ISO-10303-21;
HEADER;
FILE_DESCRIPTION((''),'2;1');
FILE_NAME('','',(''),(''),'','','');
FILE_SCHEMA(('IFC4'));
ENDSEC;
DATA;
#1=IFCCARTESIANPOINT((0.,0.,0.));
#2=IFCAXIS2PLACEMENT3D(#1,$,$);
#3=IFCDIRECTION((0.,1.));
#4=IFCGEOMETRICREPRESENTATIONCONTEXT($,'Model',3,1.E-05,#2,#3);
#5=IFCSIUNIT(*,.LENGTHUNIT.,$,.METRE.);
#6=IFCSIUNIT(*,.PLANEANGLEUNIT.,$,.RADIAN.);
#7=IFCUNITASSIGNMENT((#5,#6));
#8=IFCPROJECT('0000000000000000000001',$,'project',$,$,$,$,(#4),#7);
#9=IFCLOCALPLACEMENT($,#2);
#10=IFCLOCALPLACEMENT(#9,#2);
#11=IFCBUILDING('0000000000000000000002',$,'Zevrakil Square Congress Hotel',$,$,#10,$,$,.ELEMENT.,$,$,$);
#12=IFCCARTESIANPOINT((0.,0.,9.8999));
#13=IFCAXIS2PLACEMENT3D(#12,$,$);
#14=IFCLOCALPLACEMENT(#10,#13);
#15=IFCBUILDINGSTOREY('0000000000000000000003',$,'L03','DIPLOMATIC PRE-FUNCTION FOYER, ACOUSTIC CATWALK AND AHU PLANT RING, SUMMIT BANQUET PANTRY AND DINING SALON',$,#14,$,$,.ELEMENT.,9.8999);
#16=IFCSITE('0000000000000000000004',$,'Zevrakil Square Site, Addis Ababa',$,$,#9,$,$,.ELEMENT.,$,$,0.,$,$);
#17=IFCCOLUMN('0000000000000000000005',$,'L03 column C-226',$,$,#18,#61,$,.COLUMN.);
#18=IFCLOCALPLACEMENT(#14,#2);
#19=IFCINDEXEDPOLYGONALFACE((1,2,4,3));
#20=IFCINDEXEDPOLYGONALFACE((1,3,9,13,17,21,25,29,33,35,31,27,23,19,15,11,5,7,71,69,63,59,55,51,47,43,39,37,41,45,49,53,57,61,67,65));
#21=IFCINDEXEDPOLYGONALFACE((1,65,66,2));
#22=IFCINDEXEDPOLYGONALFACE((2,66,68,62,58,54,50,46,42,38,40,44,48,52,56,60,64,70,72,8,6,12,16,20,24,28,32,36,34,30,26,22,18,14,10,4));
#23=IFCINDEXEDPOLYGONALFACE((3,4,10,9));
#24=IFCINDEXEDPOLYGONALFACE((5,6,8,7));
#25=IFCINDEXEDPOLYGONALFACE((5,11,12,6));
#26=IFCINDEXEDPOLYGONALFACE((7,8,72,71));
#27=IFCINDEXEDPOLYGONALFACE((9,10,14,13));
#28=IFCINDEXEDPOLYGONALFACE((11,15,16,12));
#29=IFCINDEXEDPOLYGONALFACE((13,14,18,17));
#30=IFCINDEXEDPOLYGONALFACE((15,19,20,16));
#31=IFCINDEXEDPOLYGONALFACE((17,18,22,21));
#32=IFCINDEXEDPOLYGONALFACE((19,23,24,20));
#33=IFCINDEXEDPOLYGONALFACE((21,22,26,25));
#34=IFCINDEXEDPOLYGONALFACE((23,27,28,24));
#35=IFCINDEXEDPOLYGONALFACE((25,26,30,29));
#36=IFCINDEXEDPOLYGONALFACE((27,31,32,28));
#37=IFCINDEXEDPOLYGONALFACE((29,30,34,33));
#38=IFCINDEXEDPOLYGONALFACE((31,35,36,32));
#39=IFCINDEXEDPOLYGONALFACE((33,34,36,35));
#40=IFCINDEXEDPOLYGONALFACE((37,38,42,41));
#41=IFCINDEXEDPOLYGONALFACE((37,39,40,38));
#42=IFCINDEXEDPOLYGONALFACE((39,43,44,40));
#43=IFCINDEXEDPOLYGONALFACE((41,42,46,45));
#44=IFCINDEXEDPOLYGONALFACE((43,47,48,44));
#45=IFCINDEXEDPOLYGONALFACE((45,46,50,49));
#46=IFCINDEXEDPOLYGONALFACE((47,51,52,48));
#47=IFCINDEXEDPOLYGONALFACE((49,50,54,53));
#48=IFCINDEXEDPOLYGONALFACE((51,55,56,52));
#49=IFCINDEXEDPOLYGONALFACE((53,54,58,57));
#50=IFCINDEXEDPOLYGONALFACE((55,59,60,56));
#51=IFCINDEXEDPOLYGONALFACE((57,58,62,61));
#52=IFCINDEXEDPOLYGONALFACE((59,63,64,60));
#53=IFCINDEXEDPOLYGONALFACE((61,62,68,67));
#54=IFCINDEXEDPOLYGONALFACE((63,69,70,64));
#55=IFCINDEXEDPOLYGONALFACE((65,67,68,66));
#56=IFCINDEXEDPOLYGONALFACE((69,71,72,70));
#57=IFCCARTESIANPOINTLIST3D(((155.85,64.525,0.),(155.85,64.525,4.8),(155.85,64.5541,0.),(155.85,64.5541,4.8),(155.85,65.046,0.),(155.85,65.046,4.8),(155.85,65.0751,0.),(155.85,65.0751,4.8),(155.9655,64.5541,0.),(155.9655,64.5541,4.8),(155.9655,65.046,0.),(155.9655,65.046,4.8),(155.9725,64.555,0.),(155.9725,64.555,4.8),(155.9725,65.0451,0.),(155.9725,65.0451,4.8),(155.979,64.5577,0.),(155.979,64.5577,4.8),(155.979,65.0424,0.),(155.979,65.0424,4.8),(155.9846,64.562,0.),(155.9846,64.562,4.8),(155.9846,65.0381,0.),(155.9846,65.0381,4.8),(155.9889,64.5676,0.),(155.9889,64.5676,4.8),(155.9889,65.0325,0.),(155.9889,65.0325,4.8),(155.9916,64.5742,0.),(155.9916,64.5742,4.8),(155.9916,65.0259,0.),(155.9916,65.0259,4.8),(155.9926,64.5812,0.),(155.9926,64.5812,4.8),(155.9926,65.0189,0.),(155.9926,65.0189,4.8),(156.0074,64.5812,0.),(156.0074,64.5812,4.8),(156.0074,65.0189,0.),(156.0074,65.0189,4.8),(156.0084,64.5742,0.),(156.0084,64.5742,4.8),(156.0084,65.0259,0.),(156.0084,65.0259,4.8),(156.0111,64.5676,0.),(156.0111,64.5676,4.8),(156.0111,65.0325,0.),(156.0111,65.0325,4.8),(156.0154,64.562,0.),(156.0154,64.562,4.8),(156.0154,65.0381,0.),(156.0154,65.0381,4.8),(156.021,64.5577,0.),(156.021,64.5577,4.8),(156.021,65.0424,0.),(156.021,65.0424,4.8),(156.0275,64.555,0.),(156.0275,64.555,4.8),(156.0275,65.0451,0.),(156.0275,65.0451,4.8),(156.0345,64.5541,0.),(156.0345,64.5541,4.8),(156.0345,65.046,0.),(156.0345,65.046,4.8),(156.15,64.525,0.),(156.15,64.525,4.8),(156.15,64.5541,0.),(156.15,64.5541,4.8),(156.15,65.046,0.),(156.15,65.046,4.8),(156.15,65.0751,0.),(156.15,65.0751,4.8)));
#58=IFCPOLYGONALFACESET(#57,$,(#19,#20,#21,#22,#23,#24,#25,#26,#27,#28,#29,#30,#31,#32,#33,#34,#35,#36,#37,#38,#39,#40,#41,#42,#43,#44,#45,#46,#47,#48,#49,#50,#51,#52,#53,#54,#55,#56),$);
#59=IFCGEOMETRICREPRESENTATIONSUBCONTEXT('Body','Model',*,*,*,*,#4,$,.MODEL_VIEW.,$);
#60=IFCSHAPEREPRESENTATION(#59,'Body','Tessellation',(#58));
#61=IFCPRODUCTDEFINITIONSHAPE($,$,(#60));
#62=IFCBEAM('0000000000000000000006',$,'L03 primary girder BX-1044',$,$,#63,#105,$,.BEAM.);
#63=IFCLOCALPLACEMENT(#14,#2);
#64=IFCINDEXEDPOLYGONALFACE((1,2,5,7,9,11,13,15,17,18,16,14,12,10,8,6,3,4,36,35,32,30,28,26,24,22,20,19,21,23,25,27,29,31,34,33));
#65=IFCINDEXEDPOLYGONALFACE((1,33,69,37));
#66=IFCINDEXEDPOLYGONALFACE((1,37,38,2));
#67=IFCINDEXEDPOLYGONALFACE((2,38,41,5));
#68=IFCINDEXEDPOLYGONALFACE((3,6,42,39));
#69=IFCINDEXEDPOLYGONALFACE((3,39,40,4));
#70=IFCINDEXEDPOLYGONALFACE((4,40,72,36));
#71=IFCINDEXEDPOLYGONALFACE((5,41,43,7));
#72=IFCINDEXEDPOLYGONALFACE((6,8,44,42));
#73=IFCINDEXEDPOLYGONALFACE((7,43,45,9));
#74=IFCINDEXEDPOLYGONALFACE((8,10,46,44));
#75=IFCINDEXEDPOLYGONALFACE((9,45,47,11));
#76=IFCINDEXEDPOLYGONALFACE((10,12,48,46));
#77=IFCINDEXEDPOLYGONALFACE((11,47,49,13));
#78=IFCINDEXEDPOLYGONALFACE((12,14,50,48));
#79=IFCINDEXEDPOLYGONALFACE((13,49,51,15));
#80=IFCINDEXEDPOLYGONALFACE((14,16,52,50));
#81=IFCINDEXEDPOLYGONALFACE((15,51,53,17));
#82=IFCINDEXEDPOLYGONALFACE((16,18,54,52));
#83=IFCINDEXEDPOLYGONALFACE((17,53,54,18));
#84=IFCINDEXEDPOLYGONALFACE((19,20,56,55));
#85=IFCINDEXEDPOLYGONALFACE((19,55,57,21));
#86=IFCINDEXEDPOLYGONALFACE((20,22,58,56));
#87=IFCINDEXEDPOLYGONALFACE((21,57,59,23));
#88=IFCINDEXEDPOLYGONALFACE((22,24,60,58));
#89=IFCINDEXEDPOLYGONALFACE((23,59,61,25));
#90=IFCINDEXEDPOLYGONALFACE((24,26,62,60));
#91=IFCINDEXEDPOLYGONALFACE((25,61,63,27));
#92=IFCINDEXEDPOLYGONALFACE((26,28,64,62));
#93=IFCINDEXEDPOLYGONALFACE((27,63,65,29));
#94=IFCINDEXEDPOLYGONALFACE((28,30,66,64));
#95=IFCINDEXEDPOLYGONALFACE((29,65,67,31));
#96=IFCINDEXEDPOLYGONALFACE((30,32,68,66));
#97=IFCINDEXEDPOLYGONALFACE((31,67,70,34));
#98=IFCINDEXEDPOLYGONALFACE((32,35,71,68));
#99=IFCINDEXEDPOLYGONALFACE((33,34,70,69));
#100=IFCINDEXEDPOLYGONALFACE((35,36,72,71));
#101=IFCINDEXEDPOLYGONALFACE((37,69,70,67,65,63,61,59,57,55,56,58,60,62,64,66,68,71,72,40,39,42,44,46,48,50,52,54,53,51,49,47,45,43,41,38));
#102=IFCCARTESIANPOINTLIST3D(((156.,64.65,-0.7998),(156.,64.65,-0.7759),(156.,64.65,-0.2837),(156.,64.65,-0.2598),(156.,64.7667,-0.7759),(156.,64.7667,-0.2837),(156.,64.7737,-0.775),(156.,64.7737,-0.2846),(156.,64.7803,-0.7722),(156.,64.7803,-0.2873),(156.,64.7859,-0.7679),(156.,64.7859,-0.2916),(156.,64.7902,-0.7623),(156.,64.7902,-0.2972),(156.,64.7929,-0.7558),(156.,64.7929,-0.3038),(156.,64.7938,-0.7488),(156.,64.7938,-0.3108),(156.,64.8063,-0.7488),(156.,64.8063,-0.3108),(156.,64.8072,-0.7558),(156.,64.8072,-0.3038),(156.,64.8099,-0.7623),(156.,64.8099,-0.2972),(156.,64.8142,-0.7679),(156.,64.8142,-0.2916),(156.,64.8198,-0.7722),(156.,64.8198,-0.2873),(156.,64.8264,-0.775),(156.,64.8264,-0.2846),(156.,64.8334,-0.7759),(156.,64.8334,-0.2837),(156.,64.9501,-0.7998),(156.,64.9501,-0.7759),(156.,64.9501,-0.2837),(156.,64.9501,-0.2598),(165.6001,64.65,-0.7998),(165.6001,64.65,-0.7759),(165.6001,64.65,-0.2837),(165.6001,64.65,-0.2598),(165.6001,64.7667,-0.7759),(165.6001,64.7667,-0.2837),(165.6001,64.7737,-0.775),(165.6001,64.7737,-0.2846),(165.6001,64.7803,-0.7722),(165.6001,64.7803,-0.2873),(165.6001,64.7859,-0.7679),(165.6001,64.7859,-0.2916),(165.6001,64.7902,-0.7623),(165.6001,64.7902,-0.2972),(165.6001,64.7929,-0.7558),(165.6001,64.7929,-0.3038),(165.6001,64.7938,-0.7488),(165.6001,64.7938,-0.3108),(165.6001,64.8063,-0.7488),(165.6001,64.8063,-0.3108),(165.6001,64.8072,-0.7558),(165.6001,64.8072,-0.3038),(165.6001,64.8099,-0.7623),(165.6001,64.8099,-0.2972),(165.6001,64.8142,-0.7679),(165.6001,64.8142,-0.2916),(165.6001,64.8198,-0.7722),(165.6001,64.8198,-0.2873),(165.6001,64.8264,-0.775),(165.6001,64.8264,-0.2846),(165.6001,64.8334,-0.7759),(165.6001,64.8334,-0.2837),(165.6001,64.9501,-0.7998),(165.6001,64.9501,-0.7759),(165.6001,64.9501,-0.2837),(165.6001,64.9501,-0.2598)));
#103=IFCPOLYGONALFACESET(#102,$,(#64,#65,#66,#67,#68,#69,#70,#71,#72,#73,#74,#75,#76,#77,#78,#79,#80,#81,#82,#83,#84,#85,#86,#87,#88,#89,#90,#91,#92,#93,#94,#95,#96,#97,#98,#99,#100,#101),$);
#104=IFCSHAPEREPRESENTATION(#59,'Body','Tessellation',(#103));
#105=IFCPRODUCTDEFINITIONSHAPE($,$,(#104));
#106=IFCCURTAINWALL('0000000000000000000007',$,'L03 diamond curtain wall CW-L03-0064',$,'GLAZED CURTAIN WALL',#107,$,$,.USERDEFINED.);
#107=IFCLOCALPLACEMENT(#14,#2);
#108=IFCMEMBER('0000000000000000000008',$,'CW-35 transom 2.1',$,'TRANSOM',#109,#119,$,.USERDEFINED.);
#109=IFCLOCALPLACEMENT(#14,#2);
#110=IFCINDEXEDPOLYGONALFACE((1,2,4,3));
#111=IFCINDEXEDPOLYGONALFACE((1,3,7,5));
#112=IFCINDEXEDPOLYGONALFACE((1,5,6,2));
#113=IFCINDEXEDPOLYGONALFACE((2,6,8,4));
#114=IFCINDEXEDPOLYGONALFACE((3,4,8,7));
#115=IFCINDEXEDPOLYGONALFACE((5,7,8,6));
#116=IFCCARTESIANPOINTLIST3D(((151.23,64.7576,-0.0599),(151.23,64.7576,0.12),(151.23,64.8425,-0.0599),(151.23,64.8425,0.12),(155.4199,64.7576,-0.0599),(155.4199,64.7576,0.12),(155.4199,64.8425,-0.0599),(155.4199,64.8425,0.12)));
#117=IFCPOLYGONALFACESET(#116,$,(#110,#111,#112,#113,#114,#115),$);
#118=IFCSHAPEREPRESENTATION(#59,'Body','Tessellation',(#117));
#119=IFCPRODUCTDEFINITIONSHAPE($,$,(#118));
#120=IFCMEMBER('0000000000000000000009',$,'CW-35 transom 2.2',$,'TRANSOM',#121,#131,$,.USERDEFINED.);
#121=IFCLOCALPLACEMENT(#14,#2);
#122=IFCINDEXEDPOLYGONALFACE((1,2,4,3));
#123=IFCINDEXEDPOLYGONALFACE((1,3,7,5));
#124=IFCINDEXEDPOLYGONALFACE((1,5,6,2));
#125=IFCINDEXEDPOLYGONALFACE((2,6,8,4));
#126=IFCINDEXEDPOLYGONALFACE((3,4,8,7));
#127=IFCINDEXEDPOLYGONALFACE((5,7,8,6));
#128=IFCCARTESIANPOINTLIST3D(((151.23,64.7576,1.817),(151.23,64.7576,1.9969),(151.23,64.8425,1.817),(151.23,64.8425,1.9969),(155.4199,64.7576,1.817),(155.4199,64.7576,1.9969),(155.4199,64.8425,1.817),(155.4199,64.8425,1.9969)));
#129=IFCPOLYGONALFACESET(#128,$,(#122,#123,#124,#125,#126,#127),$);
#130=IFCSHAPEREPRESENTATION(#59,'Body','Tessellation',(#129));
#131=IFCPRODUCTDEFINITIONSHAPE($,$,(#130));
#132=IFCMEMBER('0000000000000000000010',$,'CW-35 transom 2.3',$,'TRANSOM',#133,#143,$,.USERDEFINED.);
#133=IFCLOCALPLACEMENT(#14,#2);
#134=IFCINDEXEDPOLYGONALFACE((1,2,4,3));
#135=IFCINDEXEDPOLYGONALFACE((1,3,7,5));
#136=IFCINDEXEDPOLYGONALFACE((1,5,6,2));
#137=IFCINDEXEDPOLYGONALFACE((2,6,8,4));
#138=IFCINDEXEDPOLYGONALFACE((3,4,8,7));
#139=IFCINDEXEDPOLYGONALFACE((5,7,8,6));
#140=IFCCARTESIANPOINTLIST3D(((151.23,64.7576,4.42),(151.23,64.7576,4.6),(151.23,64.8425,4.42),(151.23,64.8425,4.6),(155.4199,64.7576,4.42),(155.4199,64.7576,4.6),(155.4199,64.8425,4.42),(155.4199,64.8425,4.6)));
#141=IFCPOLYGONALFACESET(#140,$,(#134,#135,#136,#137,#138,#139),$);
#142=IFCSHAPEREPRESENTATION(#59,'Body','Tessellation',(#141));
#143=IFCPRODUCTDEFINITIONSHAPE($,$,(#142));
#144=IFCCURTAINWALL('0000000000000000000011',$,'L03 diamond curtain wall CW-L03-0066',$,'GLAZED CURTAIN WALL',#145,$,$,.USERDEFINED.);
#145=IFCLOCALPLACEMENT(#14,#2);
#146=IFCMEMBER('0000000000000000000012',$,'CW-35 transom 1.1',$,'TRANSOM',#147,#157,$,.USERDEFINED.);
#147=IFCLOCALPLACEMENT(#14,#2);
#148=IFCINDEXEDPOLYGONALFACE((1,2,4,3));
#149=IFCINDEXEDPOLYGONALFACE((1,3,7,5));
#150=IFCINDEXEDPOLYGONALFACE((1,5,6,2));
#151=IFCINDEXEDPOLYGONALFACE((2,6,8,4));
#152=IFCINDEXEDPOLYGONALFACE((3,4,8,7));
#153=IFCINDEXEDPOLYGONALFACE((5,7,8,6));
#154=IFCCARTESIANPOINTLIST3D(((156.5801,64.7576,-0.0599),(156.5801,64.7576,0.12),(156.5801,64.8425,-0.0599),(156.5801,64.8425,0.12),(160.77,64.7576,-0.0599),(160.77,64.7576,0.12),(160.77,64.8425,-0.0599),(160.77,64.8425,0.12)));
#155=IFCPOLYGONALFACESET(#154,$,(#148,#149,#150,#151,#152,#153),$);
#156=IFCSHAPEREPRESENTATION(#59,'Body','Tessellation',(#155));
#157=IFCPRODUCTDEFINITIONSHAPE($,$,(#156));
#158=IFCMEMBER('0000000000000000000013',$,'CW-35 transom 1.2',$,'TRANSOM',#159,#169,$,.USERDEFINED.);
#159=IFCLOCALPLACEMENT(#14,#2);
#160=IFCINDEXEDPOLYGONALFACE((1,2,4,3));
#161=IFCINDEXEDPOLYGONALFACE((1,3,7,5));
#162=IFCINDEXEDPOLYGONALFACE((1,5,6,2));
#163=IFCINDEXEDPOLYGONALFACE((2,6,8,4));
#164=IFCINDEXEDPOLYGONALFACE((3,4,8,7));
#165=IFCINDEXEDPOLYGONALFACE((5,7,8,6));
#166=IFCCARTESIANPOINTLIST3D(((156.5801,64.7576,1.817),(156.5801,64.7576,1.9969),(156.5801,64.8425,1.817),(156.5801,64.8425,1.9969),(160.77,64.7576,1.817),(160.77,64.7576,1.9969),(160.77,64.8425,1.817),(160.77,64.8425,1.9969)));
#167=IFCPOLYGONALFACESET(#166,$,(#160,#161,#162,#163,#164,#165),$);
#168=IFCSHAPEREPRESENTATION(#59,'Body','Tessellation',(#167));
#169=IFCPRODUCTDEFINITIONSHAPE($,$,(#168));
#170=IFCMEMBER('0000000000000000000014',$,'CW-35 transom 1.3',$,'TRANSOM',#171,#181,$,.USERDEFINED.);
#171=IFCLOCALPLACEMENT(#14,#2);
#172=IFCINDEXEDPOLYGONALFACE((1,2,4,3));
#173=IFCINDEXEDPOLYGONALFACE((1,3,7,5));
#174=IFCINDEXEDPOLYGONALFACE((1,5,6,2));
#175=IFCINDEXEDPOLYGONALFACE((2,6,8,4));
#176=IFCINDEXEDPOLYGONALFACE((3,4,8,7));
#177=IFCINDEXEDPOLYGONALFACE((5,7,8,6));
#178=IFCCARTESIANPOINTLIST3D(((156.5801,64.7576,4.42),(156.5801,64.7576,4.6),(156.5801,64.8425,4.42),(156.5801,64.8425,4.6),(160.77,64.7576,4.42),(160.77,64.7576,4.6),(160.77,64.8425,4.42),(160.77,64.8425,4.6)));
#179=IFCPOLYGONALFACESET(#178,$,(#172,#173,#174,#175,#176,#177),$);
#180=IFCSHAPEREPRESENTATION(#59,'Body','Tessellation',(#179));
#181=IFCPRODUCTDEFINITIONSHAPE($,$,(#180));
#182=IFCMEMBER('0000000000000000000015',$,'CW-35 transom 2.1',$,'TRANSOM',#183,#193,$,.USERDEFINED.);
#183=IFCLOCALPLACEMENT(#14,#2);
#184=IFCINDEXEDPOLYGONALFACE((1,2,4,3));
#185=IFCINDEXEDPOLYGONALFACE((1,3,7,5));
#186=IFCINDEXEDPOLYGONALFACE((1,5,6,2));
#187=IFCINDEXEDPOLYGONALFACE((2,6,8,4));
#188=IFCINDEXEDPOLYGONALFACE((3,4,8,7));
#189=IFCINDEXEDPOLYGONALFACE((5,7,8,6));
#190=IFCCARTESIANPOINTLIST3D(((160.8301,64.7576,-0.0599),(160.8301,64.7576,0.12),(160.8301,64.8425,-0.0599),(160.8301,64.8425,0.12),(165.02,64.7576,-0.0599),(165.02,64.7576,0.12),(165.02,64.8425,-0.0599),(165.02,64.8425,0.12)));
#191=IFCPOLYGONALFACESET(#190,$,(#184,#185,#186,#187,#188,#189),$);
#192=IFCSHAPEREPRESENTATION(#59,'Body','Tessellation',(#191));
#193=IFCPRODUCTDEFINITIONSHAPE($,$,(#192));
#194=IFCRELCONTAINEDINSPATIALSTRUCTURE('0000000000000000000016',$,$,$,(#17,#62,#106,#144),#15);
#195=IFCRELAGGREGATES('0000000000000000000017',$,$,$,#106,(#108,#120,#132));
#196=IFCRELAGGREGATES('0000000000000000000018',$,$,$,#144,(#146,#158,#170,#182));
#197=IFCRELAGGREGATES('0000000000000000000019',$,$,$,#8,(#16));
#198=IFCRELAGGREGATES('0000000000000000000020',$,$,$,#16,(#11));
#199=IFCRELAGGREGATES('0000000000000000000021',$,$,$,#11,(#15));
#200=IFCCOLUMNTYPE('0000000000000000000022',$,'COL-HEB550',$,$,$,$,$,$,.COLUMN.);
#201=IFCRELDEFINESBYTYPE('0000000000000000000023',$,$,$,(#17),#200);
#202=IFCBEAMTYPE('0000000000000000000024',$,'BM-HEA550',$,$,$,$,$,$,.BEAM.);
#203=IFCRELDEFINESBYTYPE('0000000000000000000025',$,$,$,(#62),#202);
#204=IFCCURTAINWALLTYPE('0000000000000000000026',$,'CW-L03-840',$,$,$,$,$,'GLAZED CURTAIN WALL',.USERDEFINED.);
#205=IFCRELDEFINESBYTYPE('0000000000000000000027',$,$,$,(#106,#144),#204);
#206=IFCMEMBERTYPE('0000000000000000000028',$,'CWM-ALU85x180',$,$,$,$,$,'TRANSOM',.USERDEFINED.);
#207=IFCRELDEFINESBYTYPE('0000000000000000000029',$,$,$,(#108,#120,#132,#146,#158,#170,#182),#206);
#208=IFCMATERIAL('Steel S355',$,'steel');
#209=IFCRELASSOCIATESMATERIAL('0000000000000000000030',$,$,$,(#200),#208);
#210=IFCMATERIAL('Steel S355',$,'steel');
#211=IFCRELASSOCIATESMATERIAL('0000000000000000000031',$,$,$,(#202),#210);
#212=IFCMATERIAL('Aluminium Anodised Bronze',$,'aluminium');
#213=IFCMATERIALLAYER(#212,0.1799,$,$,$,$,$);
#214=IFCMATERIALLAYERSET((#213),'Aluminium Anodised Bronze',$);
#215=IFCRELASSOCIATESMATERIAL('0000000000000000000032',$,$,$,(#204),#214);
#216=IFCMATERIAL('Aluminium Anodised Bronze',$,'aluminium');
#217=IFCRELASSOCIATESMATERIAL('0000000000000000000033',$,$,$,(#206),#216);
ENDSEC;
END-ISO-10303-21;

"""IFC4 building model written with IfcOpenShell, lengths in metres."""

from ifc_helpers import new_model, si_unit, direction, frame, origin, origin_2d, place, context, subcontext, project, spatial, rectangle, i_section, extrude, material, layer, layer_set, material_profile, profile_set, type_object, element, aggregate, save


model = new_model("IFC4")

# Units and contexts
model_context = context("Model", 3, precision=1e-05, world=origin(), true_north=direction((0.0, 1.0)))
body_context = subcontext(model_context, "Body", "Model", "MODEL_VIEW")
ifc_project = project(units=[si_unit("LENGTHUNIT", "METRE"), si_unit("PLANEANGLEUNIT", "RADIAN")], contexts=[model_context])

# Site, building, storey
site_placement = place(None, origin())
site = spatial("IfcSite", under=ifc_project, at=site_placement, Name="Zevrakil Square Site, Addis Ababa", CompositionType="ELEMENT", RefElevation=0.0)
building_placement = place(site_placement, origin())
building = spatial("IfcBuilding", under=site, at=building_placement, Name="Zevrakil Square Congress Hotel", CompositionType="ELEMENT")
storey_placement = place(building_placement, frame((0.0, 0.0, 9.8999)))
storey = spatial("IfcBuildingStorey", under=building, at=storey_placement, Name="L03", Description="DIPLOMATIC PRE-FUNCTION FOYER, ACOUSTIC CATWALK AND AHU PLANT RING, SUMMIT BANQUET PANTRY AND DINING SALON", CompositionType="ELEMENT", Elevation=9.8999)

# Column
ifc_material_1 = material(Name="Steel S355", Category="steel")
ifc_material_profile_1 = material_profile(ifc_material_1, i_section(OverallWidth=0.3, OverallDepth=0.55, WebThickness=0.0149, FlangeThickness=0.0291, FilletRadius=0.0271, at=origin_2d()), Name="HEB 550")
ifc_profile_set_1 = profile_set([ifc_material_profile_1], Name="Steel S355")
column_type = type_object("IfcColumnType", Name="COL-HEB550", PredefinedType="COLUMN", material=ifc_profile_set_1)
column_placement = place(storey_placement, frame((156.0, 64.8, 0.0), z_axis=(0.0, 0.0, 1.0), x_axis=(1.0, 0.0, 0.0)))
element("IfcColumn", 1, at=column_placement, inside=storey, type_object=column_type, Name="L03 column C-226", PredefinedType="COLUMN", context=body_context, shape_type="SweptSolid", body=[
    extrude(i_section(OverallWidth=0.3, OverallDepth=0.55, WebThickness=0.0149, FlangeThickness=0.0291, FilletRadius=0.0271, at=origin_2d()), origin(), (0.0, 0.0, 1.0), 4.8),
])

# Beam
ifc_material_2 = material(Name="Steel S355", Category="steel")
ifc_material_profile_2 = material_profile(ifc_material_2, i_section(OverallWidth=0.3, OverallDepth=0.54, WebThickness=0.0125, FlangeThickness=0.0239, FilletRadius=0.0271, at=origin_2d()), Name="HEA 550")
ifc_profile_set_2 = profile_set([ifc_material_profile_2], Name="Steel S355")
beam_type = type_object("IfcBeamType", Name="BM-HEA550", PredefinedType="BEAM", material=ifc_profile_set_2)
beam_placement = place(storey_placement, frame((156.0, 64.8, -0.5298), z_axis=(1.0, 0.0, 0.0), x_axis=(0.0, 1.0, 0.0)))
element("IfcBeam", 2, at=beam_placement, inside=storey, type_object=beam_type, Name="L03 primary girder BX-1044", PredefinedType="BEAM", context=body_context, shape_type="SweptSolid", body=[
    extrude(i_section(OverallWidth=0.3, OverallDepth=0.54, WebThickness=0.0125, FlangeThickness=0.0239, FilletRadius=0.0271, at=origin_2d()), origin(), (0.0, 0.0, 1.0), 9.6001),
])

# Curtain walls, members
ifc_material_3 = material(Name="Aluminium Anodised Bronze", Category="aluminium")
ifc_layer_1 = layer(ifc_material_3, 0.1799)
ifc_layer_set_1 = layer_set([ifc_layer_1], Name="Aluminium Anodised Bronze")
curtain_wall_type = type_object("IfcCurtainWallType", Name="CW-L03-840", ElementType="GLAZED CURTAIN WALL", PredefinedType="USERDEFINED", material=ifc_layer_set_1)
curtain_wall_1_placement = place(storey_placement, origin())
curtain_wall_1 = element("IfcCurtainWall", 3, at=curtain_wall_1_placement, inside=storey, type_object=curtain_wall_type, Name="L03 diamond curtain wall CW-L03-0064", ObjectType="GLAZED CURTAIN WALL", PredefinedType="USERDEFINED")
ifc_material_4 = material(Name="Aluminium Anodised Bronze", Category="aluminium")
ifc_material_profile_3 = material_profile(ifc_material_4, rectangle(XDim=0.085, YDim=0.1799, at=origin_2d()), Name="ALU 85x180")
ifc_profile_set_3 = profile_set([ifc_material_profile_3], Name="Aluminium Anodised Bronze")
member_type_1 = type_object("IfcMemberType", Name="CWM-ALU85x180", ElementType="TRANSOM", PredefinedType="USERDEFINED", material=ifc_profile_set_3)
member_1_placement = place(storey_placement, frame((151.23, 64.8, 0.03), z_axis=(1.0, 0.0, 0.0), x_axis=(0.0, 1.0, 0.0)))
member_1 = element("IfcMember", 4, at=member_1_placement, type_object=member_type_1, Name="CW-35 transom 2.1", ObjectType="TRANSOM", PredefinedType="USERDEFINED", context=body_context, shape_type="SweptSolid", body=[
    extrude(rectangle(XDim=0.085, YDim=0.1799, at=origin_2d()), origin(), (0.0, 0.0, 1.0), 4.1899),
])
member_2_placement = place(storey_placement, frame((151.23, 64.8, 1.907), z_axis=(1.0, 0.0, 0.0), x_axis=(0.0, 1.0, 0.0)))
member_2 = element("IfcMember", 5, at=member_2_placement, type_object=member_type_1, Name="CW-35 transom 2.2", ObjectType="TRANSOM", PredefinedType="USERDEFINED", context=body_context, shape_type="SweptSolid", body=[
    extrude(rectangle(XDim=0.085, YDim=0.1799, at=origin_2d()), origin(), (0.0, 0.0, 1.0), 4.1899),
])
member_3_placement = place(storey_placement, frame((151.23, 64.8, 4.51), z_axis=(1.0, 0.0, 0.0), x_axis=(0.0, 1.0, 0.0)))
member_3 = element("IfcMember", 6, at=member_3_placement, type_object=member_type_1, Name="CW-35 transom 2.3", ObjectType="TRANSOM", PredefinedType="USERDEFINED", context=body_context, shape_type="SweptSolid", body=[
    extrude(rectangle(XDim=0.085, YDim=0.1799, at=origin_2d()), origin(), (0.0, 0.0, 1.0), 4.1899),
])
curtain_wall_2_placement = place(storey_placement, origin())
curtain_wall_2 = element("IfcCurtainWall", 7, at=curtain_wall_2_placement, inside=storey, type_object=curtain_wall_type, Name="L03 diamond curtain wall CW-L03-0066", ObjectType="GLAZED CURTAIN WALL", PredefinedType="USERDEFINED")
member_4_placement = place(storey_placement, frame((156.5801, 64.8, 0.03), z_axis=(1.0, 0.0, 0.0), x_axis=(0.0, 1.0, 0.0)))
member_4 = element("IfcMember", 8, at=member_4_placement, type_object=member_type_1, Name="CW-35 transom 1.1", ObjectType="TRANSOM", PredefinedType="USERDEFINED", context=body_context, shape_type="SweptSolid", body=[
    extrude(rectangle(XDim=0.085, YDim=0.1799, at=origin_2d()), origin(), (0.0, 0.0, 1.0), 4.1899),
])
member_5_placement = place(storey_placement, frame((156.5801, 64.8, 1.907), z_axis=(1.0, 0.0, 0.0), x_axis=(0.0, 1.0, 0.0)))
member_5 = element("IfcMember", 9, at=member_5_placement, type_object=member_type_1, Name="CW-35 transom 1.2", ObjectType="TRANSOM", PredefinedType="USERDEFINED", context=body_context, shape_type="SweptSolid", body=[
    extrude(rectangle(XDim=0.085, YDim=0.1799, at=origin_2d()), origin(), (0.0, 0.0, 1.0), 4.1899),
])
member_6_placement = place(storey_placement, frame((156.5801, 64.8, 4.51), z_axis=(1.0, 0.0, 0.0), x_axis=(0.0, 1.0, 0.0)))
member_6 = element("IfcMember", 10, at=member_6_placement, type_object=member_type_1, Name="CW-35 transom 1.3", ObjectType="TRANSOM", PredefinedType="USERDEFINED", context=body_context, shape_type="SweptSolid", body=[
    extrude(rectangle(XDim=0.085, YDim=0.1799, at=origin_2d()), origin(), (0.0, 0.0, 1.0), 4.1899),
])
member_7_placement = place(storey_placement, frame((160.8301, 64.8, 0.03), z_axis=(1.0, 0.0, 0.0), x_axis=(0.0, 1.0, 0.0)))
member_7 = element("IfcMember", 11, at=member_7_placement, type_object=member_type_1, Name="CW-35 transom 2.1", ObjectType="TRANSOM", PredefinedType="USERDEFINED", context=body_context, shape_type="SweptSolid", body=[
    extrude(rectangle(XDim=0.085, YDim=0.1799, at=origin_2d()), origin(), (0.0, 0.0, 1.0), 4.1899),
])

aggregate(curtain_wall_1, [member_1, member_2, member_3])
aggregate(curtain_wall_2, [member_4, member_5, member_6, member_7])

save(model, "model.ifc")
